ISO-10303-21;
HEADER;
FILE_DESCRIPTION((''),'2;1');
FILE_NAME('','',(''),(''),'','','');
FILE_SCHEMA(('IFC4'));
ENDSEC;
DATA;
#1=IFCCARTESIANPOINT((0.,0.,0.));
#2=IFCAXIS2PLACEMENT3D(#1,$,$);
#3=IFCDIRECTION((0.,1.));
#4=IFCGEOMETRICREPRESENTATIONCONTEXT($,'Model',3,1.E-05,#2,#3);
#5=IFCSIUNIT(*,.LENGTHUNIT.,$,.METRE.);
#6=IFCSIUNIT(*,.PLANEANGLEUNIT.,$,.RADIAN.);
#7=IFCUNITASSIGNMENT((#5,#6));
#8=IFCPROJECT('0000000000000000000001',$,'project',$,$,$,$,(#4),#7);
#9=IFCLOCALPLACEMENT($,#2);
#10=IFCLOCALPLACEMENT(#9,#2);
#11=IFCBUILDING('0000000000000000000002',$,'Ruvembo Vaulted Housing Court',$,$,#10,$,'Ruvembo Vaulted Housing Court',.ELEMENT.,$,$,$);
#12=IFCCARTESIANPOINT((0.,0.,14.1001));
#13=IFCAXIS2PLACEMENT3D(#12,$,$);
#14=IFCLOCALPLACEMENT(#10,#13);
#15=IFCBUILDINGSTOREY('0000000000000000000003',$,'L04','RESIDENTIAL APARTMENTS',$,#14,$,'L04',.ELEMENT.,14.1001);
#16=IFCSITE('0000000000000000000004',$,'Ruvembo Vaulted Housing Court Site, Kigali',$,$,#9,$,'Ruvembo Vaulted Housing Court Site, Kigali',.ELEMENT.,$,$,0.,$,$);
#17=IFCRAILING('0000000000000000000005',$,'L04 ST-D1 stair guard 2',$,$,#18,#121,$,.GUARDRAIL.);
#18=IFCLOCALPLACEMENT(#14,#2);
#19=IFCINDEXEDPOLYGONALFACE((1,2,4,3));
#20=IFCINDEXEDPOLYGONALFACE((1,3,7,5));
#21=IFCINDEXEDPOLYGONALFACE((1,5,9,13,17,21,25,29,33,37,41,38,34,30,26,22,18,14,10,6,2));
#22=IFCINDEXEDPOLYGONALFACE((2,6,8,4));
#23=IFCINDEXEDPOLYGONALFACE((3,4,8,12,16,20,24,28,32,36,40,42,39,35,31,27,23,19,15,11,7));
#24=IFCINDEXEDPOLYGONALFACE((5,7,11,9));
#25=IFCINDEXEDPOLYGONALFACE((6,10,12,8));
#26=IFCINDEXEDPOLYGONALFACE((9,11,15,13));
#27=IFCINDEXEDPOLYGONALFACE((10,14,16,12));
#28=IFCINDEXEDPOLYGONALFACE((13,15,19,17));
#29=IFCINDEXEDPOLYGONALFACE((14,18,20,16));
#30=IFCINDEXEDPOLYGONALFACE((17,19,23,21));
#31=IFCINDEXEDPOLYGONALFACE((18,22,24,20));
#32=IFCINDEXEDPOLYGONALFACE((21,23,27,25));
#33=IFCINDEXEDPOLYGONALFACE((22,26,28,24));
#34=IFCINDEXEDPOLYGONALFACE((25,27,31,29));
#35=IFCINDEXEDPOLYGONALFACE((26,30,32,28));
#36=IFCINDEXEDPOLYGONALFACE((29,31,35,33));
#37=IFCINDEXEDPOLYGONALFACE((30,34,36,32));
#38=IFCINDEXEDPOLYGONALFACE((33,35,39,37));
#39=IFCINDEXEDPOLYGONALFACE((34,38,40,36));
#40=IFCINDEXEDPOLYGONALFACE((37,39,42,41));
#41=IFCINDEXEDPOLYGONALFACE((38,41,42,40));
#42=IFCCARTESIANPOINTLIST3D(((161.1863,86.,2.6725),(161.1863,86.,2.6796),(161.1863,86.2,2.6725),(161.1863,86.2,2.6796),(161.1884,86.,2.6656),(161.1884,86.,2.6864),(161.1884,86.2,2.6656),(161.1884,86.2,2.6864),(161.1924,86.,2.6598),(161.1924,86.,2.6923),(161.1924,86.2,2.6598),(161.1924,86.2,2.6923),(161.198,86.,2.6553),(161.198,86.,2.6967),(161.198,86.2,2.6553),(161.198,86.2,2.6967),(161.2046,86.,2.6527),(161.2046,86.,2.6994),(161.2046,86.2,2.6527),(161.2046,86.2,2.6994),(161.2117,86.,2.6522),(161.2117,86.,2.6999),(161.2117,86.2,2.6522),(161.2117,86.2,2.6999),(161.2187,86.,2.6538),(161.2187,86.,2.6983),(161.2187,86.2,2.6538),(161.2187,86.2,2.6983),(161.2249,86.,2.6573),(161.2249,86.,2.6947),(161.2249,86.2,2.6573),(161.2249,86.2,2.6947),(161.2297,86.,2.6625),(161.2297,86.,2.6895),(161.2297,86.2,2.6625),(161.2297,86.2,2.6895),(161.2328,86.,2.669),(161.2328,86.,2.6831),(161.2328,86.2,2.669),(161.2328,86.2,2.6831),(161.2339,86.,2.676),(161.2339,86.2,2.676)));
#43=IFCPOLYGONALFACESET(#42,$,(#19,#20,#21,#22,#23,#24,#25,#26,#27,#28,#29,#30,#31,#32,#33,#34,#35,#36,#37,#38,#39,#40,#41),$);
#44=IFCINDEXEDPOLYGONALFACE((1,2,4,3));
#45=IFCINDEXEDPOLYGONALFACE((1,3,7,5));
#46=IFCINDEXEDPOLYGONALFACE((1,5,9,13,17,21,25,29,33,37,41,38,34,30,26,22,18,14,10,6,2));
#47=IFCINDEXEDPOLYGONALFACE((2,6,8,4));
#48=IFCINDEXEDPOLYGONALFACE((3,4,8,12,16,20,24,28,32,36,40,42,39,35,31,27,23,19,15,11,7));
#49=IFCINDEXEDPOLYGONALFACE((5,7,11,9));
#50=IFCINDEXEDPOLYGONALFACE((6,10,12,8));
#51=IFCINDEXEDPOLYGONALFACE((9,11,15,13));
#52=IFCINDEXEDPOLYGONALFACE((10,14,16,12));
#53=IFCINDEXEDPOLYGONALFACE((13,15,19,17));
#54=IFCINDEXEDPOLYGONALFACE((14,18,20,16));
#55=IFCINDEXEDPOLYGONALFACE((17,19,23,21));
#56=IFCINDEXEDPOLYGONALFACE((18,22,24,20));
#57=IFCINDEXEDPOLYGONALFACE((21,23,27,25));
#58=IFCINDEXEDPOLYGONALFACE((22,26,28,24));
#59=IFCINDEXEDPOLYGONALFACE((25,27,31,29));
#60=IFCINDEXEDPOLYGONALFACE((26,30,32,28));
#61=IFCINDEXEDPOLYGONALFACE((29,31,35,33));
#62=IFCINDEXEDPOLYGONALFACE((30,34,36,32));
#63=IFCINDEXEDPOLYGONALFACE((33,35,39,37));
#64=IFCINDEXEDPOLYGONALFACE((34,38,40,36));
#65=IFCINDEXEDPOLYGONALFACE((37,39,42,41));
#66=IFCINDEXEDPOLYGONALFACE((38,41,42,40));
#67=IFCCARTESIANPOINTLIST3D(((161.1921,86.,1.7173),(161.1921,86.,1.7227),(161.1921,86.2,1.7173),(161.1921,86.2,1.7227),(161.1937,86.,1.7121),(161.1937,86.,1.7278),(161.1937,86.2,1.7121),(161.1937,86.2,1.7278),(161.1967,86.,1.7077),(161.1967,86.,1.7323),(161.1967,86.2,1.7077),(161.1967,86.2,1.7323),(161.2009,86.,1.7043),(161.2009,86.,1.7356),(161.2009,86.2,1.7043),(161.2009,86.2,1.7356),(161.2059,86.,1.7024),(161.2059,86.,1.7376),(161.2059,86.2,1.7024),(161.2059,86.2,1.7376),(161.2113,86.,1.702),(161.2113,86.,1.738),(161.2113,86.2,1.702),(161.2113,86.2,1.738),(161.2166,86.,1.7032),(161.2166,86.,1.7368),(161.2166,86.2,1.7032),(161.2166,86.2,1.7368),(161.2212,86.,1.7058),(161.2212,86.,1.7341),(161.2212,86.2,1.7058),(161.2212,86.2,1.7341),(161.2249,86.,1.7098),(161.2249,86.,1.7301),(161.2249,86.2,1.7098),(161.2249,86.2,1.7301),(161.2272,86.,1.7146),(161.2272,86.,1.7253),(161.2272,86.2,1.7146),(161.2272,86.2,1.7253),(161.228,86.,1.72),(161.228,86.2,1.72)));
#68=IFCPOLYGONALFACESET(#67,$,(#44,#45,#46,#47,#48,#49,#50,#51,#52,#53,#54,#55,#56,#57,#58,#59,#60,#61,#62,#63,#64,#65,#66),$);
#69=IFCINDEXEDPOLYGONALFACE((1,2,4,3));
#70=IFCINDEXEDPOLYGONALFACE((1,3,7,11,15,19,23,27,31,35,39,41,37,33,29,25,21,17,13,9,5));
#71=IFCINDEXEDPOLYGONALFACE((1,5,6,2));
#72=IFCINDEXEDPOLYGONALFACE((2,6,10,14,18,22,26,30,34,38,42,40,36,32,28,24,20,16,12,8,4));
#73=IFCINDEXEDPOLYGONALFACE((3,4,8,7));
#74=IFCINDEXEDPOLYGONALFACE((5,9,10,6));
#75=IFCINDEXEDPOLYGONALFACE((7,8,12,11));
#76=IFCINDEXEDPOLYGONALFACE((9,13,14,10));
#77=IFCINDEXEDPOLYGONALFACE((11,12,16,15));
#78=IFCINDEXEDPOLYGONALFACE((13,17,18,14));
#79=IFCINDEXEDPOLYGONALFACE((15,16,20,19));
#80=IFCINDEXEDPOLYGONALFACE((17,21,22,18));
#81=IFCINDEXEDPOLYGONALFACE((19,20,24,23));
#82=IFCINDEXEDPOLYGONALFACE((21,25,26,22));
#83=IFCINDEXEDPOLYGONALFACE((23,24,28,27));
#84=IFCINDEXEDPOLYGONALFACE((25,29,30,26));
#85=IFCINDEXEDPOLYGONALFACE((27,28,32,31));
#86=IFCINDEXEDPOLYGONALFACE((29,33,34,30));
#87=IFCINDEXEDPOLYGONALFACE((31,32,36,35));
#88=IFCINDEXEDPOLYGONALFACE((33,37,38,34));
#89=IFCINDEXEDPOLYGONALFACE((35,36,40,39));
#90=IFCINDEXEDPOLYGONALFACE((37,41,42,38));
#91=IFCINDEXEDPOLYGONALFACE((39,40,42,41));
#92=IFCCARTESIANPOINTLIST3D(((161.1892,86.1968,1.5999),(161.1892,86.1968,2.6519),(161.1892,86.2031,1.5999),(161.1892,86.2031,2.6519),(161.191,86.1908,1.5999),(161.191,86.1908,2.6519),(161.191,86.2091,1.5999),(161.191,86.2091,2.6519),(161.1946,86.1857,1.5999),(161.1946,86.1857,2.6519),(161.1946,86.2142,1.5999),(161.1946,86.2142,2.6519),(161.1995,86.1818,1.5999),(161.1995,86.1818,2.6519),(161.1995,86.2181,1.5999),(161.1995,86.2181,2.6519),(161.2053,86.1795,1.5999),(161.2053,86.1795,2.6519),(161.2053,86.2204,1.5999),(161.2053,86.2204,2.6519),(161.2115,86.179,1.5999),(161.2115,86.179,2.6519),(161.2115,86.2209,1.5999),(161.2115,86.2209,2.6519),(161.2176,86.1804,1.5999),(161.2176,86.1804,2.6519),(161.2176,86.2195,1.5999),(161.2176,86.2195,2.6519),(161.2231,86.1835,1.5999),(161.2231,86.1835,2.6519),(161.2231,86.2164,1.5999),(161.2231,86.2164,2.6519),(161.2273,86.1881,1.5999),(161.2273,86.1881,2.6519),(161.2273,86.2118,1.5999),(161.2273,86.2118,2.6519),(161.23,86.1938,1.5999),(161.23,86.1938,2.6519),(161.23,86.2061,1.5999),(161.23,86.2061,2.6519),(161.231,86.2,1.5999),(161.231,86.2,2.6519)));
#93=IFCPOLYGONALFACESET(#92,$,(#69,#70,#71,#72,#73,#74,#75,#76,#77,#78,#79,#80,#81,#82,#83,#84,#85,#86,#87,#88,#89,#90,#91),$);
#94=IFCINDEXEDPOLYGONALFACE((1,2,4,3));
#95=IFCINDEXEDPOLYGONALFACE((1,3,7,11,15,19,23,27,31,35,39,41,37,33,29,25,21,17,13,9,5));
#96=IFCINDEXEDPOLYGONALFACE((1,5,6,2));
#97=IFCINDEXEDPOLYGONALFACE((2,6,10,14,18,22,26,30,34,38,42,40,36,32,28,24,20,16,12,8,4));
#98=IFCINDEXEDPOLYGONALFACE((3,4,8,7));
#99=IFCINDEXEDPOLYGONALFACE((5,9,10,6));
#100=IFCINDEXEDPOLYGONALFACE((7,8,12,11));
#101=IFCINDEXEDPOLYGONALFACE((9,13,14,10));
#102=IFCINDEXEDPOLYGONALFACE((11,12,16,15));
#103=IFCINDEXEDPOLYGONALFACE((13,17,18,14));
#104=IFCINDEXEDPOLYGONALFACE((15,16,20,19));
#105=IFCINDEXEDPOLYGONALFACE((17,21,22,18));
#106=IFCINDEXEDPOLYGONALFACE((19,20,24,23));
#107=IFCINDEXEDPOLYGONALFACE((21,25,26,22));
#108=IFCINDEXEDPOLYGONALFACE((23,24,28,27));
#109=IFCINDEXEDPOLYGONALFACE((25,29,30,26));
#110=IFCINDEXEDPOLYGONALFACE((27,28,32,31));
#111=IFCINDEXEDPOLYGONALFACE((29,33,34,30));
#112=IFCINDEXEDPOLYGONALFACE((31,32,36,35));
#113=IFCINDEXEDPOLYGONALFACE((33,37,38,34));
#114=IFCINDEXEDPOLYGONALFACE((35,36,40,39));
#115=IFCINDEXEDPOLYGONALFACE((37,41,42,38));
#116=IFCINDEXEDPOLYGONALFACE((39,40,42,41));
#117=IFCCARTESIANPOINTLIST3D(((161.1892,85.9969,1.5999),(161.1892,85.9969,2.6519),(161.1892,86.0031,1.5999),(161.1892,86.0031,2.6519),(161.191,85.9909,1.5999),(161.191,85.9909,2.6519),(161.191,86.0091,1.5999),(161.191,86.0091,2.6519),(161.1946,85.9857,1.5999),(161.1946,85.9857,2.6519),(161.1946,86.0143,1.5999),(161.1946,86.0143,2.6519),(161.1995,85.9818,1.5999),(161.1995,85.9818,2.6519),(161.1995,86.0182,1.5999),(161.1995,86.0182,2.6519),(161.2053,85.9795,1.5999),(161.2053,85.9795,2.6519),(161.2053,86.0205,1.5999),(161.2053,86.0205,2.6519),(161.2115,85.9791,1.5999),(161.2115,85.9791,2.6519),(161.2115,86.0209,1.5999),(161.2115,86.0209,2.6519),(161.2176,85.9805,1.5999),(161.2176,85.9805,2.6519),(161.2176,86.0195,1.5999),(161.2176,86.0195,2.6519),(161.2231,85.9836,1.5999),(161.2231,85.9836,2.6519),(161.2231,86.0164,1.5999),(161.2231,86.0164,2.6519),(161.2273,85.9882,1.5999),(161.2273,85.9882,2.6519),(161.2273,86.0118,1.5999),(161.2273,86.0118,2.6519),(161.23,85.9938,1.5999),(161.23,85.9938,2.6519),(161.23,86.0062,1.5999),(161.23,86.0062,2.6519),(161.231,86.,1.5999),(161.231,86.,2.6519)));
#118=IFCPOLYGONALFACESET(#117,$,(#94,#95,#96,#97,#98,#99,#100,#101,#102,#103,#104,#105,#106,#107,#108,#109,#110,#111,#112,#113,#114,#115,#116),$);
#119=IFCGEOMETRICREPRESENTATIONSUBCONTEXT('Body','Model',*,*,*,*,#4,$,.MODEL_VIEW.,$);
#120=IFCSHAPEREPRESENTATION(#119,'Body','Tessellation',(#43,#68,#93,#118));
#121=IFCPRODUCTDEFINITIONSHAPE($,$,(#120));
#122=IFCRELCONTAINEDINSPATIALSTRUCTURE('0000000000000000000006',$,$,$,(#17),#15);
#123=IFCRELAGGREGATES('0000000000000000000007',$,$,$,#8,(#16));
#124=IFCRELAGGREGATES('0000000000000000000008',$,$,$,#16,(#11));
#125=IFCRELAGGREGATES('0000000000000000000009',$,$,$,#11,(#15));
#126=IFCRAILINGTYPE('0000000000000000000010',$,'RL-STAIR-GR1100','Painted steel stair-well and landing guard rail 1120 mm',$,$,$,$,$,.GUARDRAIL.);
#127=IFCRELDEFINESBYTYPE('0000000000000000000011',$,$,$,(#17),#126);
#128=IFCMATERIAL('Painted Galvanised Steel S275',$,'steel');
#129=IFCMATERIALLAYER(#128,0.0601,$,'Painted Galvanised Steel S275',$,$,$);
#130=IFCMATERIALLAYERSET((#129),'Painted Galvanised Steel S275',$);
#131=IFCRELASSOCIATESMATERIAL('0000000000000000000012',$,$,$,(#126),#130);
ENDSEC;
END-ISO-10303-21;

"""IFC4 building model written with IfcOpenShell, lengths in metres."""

from ifc_helpers import new_model, si_unit, direction, frame, origin, origin_2d, place, context, subcontext, project, spatial, circle, extrude, material, layer, layer_set, type_object, element, save


model = new_model("IFC4")

# Units and contexts
model_context = context("Model", 3, precision=1e-05, world=origin(), true_north=direction((0.0, 1.0)))
body_context = subcontext(model_context, "Body", "Model", "MODEL_VIEW")
ifc_project = project(units=[si_unit("LENGTHUNIT", "METRE"), si_unit("PLANEANGLEUNIT", "RADIAN")], contexts=[model_context])

# Site, building, storey
site_placement = place(None, origin())
site = spatial("IfcSite", under=ifc_project, at=site_placement, Name="Ruvembo Vaulted Housing Court Site, Kigali", LongName="Ruvembo Vaulted Housing Court Site, Kigali", CompositionType="ELEMENT", RefElevation=0.0)
building_placement = place(site_placement, origin())
building = spatial("IfcBuilding", under=site, at=building_placement, Name="Ruvembo Vaulted Housing Court", LongName="Ruvembo Vaulted Housing Court", CompositionType="ELEMENT")
storey_placement = place(building_placement, frame((0.0, 0.0, 14.1001)))
storey = spatial("IfcBuildingStorey", under=building, at=storey_placement, Name="L04", Description="RESIDENTIAL APARTMENTS", LongName="L04", CompositionType="ELEMENT", Elevation=14.1001)

# Railing
ifc_material_1 = material(Name="Painted Galvanised Steel S275", Category="steel")
ifc_layer_1 = layer(ifc_material_1, 0.0601, Name="Painted Galvanised Steel S275")
ifc_layer_set_1 = layer_set([ifc_layer_1], Name="Painted Galvanised Steel S275")
railing_type_1 = type_object("IfcRailingType", Name="RL-STAIR-GR1100", Description="Painted steel stair-well and landing guard rail 1120 mm", PredefinedType="GUARDRAIL", material=ifc_layer_set_1)
railing_1_placement = place(storey_placement, frame((161.21, 86.2, 1.5999)))
element("IfcRailing", 1, at=railing_1_placement, inside=storey, type_object=railing_type_1, Name="L04 ST-D1 stair guard 2", PredefinedType="GUARDRAIL", context=body_context, shape_type="SweptSolid", body=[
    extrude(circle(Radius=0.0239, at=origin_2d()), frame((0.0, 0.0, 1.0762), z_axis=(0.0, -1.0, 0.0), x_axis=(1.0, 0.0, 0.0)), (0.0, 0.0, 1.0), 0.2),
    extrude(circle(Radius=0.0181, at=origin_2d()), frame((0.0, 0.0, 0.1201), z_axis=(0.0, -1.0, 0.0), x_axis=(1.0, 0.0, 0.0)), (0.0, 0.0, 1.0), 0.2),
    extrude(circle(Radius=0.021, at=origin_2d()), origin(), (0.0, 0.0, 1.0), 1.052),
    extrude(circle(Radius=0.021, at=origin_2d()), frame((0.0, -0.2, 0.0)), (0.0, 0.0, 1.0), 1.052),
])

save(model, "model.ifc")
